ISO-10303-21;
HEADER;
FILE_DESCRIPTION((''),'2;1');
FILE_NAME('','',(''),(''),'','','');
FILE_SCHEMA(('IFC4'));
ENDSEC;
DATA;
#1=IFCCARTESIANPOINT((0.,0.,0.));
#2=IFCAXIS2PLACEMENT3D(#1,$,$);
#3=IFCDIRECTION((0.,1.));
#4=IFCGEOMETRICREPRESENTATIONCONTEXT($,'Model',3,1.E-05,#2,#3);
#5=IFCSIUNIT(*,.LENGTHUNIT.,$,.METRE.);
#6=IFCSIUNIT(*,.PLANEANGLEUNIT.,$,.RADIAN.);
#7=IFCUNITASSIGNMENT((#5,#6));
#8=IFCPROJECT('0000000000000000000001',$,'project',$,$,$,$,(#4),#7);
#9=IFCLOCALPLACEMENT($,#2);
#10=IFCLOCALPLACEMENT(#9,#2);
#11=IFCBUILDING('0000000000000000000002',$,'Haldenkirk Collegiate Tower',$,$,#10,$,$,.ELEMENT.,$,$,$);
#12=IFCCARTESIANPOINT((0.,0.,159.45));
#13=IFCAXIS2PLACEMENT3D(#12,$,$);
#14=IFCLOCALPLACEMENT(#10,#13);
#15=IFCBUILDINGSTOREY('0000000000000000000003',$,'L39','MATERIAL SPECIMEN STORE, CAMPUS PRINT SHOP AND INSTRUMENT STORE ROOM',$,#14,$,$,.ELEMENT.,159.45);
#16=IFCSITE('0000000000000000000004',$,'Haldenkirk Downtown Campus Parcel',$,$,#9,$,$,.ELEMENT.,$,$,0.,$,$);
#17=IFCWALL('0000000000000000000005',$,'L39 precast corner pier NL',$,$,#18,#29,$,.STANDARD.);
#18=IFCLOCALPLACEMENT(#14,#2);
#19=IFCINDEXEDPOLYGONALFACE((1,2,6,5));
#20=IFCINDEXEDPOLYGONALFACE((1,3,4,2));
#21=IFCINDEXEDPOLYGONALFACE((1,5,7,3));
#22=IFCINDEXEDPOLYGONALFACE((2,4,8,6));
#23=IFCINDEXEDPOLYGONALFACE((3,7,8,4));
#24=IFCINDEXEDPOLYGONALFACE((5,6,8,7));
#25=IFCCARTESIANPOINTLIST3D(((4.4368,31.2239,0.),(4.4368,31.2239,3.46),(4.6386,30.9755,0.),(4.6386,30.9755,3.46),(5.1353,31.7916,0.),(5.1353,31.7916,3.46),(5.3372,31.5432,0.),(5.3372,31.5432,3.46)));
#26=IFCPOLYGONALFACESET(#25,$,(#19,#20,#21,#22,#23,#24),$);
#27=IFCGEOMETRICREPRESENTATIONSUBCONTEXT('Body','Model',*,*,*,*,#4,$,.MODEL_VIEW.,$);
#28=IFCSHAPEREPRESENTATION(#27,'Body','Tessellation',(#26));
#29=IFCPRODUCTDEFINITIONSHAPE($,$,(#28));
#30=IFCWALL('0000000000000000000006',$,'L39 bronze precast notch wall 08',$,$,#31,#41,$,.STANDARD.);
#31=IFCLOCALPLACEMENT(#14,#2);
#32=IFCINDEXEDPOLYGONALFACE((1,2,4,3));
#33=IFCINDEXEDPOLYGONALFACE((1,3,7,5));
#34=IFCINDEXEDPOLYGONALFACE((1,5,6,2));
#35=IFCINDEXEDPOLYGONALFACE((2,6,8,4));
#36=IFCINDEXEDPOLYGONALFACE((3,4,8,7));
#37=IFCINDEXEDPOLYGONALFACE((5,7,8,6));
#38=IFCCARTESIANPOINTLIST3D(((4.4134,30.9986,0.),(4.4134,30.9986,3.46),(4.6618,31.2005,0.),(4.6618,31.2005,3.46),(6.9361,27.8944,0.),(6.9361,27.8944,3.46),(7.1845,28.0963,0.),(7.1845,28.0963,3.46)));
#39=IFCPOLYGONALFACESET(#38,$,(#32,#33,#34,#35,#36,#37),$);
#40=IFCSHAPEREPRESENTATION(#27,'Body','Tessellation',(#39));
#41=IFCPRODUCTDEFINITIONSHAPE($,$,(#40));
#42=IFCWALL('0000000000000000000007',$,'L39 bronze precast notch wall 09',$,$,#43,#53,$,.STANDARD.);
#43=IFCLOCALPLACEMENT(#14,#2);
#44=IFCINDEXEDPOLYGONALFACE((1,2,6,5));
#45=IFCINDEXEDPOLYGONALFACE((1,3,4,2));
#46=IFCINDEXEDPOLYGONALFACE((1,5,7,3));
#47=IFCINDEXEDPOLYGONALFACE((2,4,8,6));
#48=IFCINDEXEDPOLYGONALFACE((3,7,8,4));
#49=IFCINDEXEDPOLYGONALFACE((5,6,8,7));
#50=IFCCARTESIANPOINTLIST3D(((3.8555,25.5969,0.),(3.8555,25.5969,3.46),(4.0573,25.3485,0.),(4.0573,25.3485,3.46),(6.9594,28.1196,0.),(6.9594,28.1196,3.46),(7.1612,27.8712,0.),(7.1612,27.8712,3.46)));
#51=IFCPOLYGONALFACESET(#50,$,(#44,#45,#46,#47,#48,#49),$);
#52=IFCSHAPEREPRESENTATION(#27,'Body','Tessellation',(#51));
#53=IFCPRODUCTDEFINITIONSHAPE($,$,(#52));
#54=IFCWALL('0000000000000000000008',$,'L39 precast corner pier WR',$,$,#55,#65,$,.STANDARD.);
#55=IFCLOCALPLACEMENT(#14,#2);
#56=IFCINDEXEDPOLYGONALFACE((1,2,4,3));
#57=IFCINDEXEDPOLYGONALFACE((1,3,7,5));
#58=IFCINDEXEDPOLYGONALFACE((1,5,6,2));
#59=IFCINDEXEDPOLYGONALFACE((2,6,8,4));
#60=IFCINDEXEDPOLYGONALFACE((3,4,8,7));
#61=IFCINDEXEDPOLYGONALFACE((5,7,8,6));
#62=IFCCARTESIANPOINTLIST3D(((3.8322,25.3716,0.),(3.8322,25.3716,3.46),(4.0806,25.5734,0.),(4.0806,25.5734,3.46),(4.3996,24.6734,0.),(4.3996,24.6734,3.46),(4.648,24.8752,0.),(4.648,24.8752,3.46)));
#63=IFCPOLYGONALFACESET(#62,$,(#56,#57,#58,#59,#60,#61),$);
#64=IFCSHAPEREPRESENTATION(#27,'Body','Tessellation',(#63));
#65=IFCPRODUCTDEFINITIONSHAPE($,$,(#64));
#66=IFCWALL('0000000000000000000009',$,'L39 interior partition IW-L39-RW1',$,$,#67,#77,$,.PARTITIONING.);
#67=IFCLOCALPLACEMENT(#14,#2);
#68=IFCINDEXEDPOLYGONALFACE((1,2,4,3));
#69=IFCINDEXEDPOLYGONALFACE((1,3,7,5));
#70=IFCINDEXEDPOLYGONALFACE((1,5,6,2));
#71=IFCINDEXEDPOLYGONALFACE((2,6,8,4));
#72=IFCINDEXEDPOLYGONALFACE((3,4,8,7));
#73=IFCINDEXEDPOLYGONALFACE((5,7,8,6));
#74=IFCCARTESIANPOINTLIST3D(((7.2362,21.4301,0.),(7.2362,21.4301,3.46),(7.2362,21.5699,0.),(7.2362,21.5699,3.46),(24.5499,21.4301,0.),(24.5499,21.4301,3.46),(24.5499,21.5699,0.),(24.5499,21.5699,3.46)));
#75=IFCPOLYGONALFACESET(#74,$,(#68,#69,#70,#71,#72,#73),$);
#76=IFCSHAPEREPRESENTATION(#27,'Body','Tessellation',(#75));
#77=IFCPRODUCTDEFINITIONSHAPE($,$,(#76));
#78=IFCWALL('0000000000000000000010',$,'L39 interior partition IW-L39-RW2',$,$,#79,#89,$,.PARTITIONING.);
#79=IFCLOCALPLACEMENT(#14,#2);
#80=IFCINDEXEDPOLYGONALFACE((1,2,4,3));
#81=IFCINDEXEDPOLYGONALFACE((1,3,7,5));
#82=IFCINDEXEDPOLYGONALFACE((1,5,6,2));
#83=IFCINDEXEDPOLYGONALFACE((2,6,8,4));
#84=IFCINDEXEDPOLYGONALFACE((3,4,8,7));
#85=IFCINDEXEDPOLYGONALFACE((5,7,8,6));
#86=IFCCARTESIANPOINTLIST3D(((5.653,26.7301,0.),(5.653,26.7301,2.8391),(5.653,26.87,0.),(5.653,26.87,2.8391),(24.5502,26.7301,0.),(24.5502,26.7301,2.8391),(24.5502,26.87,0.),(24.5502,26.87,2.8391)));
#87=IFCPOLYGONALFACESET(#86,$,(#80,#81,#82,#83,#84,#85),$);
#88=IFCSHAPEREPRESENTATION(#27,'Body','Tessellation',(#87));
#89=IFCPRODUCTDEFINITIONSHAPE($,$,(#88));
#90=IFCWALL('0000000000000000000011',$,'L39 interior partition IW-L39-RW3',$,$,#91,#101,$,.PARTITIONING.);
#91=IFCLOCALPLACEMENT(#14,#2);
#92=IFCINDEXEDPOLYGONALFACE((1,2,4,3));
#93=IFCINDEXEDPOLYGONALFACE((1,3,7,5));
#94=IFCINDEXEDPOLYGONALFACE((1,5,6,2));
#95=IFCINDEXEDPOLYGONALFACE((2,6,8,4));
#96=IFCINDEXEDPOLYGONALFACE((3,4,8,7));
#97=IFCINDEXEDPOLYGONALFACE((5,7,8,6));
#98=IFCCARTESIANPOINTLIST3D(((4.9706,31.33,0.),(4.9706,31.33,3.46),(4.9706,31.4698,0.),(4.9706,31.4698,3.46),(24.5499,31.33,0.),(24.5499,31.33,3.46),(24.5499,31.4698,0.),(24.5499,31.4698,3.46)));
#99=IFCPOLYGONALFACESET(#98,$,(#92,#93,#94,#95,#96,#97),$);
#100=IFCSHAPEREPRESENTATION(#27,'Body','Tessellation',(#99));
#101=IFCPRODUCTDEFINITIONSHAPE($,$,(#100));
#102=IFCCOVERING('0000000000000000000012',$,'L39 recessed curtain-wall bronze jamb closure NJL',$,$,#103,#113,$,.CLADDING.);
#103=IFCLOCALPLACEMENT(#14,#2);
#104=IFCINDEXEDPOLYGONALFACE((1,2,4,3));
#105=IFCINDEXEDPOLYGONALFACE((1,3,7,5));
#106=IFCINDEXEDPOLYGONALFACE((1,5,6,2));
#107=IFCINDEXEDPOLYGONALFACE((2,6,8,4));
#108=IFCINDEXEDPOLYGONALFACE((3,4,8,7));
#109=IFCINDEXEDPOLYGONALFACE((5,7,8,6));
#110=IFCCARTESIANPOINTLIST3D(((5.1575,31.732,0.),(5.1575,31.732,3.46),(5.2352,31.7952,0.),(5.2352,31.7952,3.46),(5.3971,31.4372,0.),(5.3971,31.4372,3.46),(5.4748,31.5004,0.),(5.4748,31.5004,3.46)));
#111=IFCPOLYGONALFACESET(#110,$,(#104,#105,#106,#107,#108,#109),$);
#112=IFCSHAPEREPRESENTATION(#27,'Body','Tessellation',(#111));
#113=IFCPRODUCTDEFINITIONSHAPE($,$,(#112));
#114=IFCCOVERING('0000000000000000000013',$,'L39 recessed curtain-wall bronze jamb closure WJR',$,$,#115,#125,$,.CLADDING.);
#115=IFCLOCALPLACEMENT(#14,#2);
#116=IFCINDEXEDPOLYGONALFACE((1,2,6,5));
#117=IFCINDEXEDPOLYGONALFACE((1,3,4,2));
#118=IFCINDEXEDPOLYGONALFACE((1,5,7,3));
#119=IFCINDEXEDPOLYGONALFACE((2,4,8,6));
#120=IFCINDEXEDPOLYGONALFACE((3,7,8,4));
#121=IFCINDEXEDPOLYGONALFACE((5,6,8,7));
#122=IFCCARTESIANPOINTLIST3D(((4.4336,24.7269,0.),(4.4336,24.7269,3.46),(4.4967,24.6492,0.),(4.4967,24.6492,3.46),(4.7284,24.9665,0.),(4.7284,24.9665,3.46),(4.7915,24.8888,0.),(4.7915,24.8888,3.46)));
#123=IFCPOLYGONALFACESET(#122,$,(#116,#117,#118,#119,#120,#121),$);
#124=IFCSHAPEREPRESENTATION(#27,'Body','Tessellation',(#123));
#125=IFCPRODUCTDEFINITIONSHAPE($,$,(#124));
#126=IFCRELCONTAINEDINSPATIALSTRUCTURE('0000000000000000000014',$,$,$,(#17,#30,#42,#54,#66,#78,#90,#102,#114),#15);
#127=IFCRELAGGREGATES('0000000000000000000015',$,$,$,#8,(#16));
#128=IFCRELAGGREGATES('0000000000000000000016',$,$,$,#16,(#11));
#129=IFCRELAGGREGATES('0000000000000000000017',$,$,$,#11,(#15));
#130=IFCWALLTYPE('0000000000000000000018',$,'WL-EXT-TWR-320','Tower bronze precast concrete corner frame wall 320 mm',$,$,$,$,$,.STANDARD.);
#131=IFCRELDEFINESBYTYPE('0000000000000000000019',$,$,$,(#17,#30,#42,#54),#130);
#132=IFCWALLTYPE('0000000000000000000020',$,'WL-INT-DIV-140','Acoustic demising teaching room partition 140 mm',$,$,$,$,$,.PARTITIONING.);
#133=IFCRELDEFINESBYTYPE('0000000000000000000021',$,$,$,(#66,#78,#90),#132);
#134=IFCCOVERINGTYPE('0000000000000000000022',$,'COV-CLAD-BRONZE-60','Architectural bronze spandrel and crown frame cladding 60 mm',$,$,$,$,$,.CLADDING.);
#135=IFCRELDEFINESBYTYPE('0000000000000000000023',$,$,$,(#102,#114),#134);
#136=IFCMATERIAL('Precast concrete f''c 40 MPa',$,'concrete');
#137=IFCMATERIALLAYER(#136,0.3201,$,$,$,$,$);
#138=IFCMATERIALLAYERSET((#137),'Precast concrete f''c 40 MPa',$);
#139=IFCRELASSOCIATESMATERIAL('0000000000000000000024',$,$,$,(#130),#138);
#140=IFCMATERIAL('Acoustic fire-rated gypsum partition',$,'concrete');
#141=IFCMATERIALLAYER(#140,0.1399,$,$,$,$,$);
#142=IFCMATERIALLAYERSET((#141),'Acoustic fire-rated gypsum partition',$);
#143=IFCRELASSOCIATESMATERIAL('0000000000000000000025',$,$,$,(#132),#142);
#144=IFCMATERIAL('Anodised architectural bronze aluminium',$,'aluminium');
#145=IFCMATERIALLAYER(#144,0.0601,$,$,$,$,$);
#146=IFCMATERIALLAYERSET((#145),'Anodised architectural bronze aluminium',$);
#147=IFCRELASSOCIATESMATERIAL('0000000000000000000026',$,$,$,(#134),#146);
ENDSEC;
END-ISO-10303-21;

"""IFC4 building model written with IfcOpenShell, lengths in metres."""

from ifc_helpers import new_model, si_unit, direction, frame, frame_2d, origin, origin_2d, place, context, subcontext, project, spatial, rectangle, extrude, source, transform, mapped, material, layer, layer_set, type_object, element, save


model = new_model("IFC4")

# Units and contexts
model_context = context("Model", 3, precision=1e-05, world=origin(), true_north=direction((0.0, 1.0)))
body_context = subcontext(model_context, "Body", "Model", "MODEL_VIEW")
ifc_project = project(units=[si_unit("LENGTHUNIT", "METRE"), si_unit("PLANEANGLEUNIT", "RADIAN")], contexts=[model_context])

# Site, building, storey
site_placement = place(None, origin())
site = spatial("IfcSite", under=ifc_project, at=site_placement, Name="Haldenkirk Downtown Campus Parcel", CompositionType="ELEMENT", RefElevation=0.0)
building_placement = place(site_placement, origin())
building = spatial("IfcBuilding", under=site, at=building_placement, Name="Haldenkirk Collegiate Tower", CompositionType="ELEMENT")
storey_placement = place(building_placement, frame((0.0, 0.0, 159.45)))
storey = spatial("IfcBuildingStorey", under=building, at=storey_placement, Name="L39", Description="MATERIAL SPECIMEN STORE, CAMPUS PRINT SHOP AND INSTRUMENT STORE ROOM", CompositionType="ELEMENT", Elevation=159.45)

# Shared definitions
ifc_material_1 = material(Name="Anodised architectural bronze aluminium", Category="aluminium")

# Walls
ifc_material_2 = material(Name="Precast concrete f'c 40 MPa", Category="concrete")
ifc_layer_1 = layer(ifc_material_2, 0.3201)
ifc_layer_set_1 = layer_set([ifc_layer_1], Name="Precast concrete f'c 40 MPa")
wall_type_1 = type_object("IfcWallType", Name="WL-EXT-TWR-320", Description="Tower bronze precast concrete corner frame wall 320 mm", PredefinedType="STANDARD", material=ifc_layer_set_1)
wall_1_placement = place(storey_placement, frame((4.5376, 31.0996, 0.0), z_axis=(0.0, 0.0, 1.0), x_axis=(0.776056, 0.630664, 0.0)))
element("IfcWall", 1, at=wall_1_placement, inside=storey, type_object=wall_type_1, Name="L39 precast corner pier NL", PredefinedType="STANDARD", context=body_context, shape_type="SweptSolid", body=[
    extrude(rectangle(XDim=0.9001, YDim=0.3201, at=frame_2d((0.4502, 0.0))), origin(), (0.0, 0.0, 1.0), 3.46),
])
wall_2_placement = place(storey_placement, frame((7.0603, 27.9954, 0.0), z_axis=(0.0, 0.0, 1.0), x_axis=(-0.630668, 0.776052, 0.0)))
element("IfcWall", 2, at=wall_2_placement, inside=storey, type_object=wall_type_1, Name="L39 bronze precast notch wall 08", PredefinedType="STANDARD", context=body_context, shape_type="SweptSolid", body=[
    extrude(rectangle(XDim=4.0, YDim=0.3201, at=frame_2d((2.0, 0.0))), origin(), (0.0, 0.0, 1.0), 3.46),
])
wall_3_placement = place(storey_placement, frame((3.9563, 25.4727, 0.0), z_axis=(0.0, 0.0, 1.0), x_axis=(0.776028, 0.630698, 0.0)))
element("IfcWall", 3, at=wall_3_placement, inside=storey, type_object=wall_type_1, Name="L39 bronze precast notch wall 09", PredefinedType="STANDARD", context=body_context, shape_type="SweptSolid", body=[
    extrude(rectangle(XDim=3.9998, YDim=0.3201, at=frame_2d((2.0, 0.0))), origin(), (0.0, 0.0, 1.0), 3.46),
])
wall_4_placement = place(storey_placement, frame((4.5237, 24.7744, 0.0), z_axis=(0.0, 0.0, 1.0), x_axis=(-0.630633, 0.776081, 0.0)))
element("IfcWall", 4, at=wall_4_placement, inside=storey, type_object=wall_type_1, Name="L39 precast corner pier WR", PredefinedType="STANDARD", context=body_context, shape_type="SweptSolid", body=[
    extrude(rectangle(XDim=0.8997, YDim=0.3201, at=frame_2d((0.4497, 0.0))), origin(), (0.0, 0.0, 1.0), 3.46),
])
ifc_material_3 = material(Name="Acoustic fire-rated gypsum partition", Category="concrete")
ifc_layer_2 = layer(ifc_material_3, 0.1399)
ifc_layer_set_2 = layer_set([ifc_layer_2], Name="Acoustic fire-rated gypsum partition")
wall_type_2 = type_object("IfcWallType", Name="WL-INT-DIV-140", Description="Acoustic demising teaching room partition 140 mm", PredefinedType="PARTITIONING", material=ifc_layer_set_2)
wall_5_placement = place(storey_placement, frame((7.2363, 21.5, 0.0), z_axis=(0.0, 0.0, 1.0), x_axis=(1.0, 0.0, 0.0)))
element("IfcWall", 5, at=wall_5_placement, inside=storey, type_object=wall_type_2, Name="L39 interior partition IW-L39-RW1", PredefinedType="PARTITIONING", context=body_context, shape_type="SweptSolid", body=[
    extrude(rectangle(XDim=17.3137, YDim=0.1399, at=frame_2d((8.6567, 0.0))), origin(), (0.0, 0.0, 1.0), 3.46),
])
wall_6_placement = place(storey_placement, frame((5.6528, 26.8, 0.0), z_axis=(0.0, 0.0, 1.0), x_axis=(1.0, 0.0, 0.0)))
element("IfcWall", 6, at=wall_6_placement, inside=storey, type_object=wall_type_2, Name="L39 interior partition IW-L39-RW2", PredefinedType="PARTITIONING", context=body_context, shape_type="SweptSolid", body=[
    extrude(rectangle(XDim=18.8972, YDim=0.1399, at=frame_2d((9.4487, 0.0))), origin(), (0.0, 0.0, 1.0), 2.8391),
])
wall_7_placement = place(storey_placement, frame((4.9707, 31.3999, 0.0), z_axis=(0.0, 0.0, 1.0), x_axis=(1.0, 0.0, 0.0)))
element("IfcWall", 7, at=wall_7_placement, inside=storey, type_object=wall_type_2, Name="L39 interior partition IW-L39-RW3", PredefinedType="PARTITIONING", context=body_context, shape_type="SweptSolid", body=[
    extrude(rectangle(XDim=19.5793, YDim=0.1399, at=frame_2d((9.7896, 0.0))), origin(), (0.0, 0.0, 1.0), 3.46),
])

# Coverings
ifc_layer_3 = layer(ifc_material_1, 0.0601)
ifc_layer_set_3 = layer_set([ifc_layer_3], Name="Anodised architectural bronze aluminium")
covering_type = type_object("IfcCoveringType", Name="COV-CLAD-BRONZE-60", Description="Architectural bronze spandrel and crown frame cladding 60 mm", PredefinedType="CLADDING", material=ifc_layer_set_3)
shared_shape_1 = source(origin(), body_context, "Body", "SweptSolid", [
    extrude(rectangle(XDim=0.1001, YDim=0.3799, at=origin_2d()), origin(), (0.0, 0.0, 1.0), 3.46),
])
for number, where, z_axis, x_axis, name in (
    (8, (5.3162, 31.6162, 0.0), (0.0, 0.0, 1.0), (0.776046, 0.630676, 0.0), "L39 recessed curtain-wall bronze jamb closure NJL"),
    (9, (4.6125, 24.8079, 0.0), (0.0, 0.0, 1.0), (-0.630676, 0.776046, 0.0), "L39 recessed curtain-wall bronze jamb closure WJR"),
):
    element("IfcCovering", number, at=place(storey_placement, frame(where, z_axis=z_axis, x_axis=x_axis)), inside=storey, type_object=covering_type, Name=name, PredefinedType="CLADDING", context=body_context, shape_type="MappedRepresentation", body=[
        mapped(shared_shape_1, transform((0.0, 0.0, 0.0), x_axis=(1.0, 0.0, 0.0), y_axis=(0.0, 1.0, 0.0), z_axis=(0.0, 0.0, 1.0), scale=1.0)),
    ])

save(model, "model.ifc")
